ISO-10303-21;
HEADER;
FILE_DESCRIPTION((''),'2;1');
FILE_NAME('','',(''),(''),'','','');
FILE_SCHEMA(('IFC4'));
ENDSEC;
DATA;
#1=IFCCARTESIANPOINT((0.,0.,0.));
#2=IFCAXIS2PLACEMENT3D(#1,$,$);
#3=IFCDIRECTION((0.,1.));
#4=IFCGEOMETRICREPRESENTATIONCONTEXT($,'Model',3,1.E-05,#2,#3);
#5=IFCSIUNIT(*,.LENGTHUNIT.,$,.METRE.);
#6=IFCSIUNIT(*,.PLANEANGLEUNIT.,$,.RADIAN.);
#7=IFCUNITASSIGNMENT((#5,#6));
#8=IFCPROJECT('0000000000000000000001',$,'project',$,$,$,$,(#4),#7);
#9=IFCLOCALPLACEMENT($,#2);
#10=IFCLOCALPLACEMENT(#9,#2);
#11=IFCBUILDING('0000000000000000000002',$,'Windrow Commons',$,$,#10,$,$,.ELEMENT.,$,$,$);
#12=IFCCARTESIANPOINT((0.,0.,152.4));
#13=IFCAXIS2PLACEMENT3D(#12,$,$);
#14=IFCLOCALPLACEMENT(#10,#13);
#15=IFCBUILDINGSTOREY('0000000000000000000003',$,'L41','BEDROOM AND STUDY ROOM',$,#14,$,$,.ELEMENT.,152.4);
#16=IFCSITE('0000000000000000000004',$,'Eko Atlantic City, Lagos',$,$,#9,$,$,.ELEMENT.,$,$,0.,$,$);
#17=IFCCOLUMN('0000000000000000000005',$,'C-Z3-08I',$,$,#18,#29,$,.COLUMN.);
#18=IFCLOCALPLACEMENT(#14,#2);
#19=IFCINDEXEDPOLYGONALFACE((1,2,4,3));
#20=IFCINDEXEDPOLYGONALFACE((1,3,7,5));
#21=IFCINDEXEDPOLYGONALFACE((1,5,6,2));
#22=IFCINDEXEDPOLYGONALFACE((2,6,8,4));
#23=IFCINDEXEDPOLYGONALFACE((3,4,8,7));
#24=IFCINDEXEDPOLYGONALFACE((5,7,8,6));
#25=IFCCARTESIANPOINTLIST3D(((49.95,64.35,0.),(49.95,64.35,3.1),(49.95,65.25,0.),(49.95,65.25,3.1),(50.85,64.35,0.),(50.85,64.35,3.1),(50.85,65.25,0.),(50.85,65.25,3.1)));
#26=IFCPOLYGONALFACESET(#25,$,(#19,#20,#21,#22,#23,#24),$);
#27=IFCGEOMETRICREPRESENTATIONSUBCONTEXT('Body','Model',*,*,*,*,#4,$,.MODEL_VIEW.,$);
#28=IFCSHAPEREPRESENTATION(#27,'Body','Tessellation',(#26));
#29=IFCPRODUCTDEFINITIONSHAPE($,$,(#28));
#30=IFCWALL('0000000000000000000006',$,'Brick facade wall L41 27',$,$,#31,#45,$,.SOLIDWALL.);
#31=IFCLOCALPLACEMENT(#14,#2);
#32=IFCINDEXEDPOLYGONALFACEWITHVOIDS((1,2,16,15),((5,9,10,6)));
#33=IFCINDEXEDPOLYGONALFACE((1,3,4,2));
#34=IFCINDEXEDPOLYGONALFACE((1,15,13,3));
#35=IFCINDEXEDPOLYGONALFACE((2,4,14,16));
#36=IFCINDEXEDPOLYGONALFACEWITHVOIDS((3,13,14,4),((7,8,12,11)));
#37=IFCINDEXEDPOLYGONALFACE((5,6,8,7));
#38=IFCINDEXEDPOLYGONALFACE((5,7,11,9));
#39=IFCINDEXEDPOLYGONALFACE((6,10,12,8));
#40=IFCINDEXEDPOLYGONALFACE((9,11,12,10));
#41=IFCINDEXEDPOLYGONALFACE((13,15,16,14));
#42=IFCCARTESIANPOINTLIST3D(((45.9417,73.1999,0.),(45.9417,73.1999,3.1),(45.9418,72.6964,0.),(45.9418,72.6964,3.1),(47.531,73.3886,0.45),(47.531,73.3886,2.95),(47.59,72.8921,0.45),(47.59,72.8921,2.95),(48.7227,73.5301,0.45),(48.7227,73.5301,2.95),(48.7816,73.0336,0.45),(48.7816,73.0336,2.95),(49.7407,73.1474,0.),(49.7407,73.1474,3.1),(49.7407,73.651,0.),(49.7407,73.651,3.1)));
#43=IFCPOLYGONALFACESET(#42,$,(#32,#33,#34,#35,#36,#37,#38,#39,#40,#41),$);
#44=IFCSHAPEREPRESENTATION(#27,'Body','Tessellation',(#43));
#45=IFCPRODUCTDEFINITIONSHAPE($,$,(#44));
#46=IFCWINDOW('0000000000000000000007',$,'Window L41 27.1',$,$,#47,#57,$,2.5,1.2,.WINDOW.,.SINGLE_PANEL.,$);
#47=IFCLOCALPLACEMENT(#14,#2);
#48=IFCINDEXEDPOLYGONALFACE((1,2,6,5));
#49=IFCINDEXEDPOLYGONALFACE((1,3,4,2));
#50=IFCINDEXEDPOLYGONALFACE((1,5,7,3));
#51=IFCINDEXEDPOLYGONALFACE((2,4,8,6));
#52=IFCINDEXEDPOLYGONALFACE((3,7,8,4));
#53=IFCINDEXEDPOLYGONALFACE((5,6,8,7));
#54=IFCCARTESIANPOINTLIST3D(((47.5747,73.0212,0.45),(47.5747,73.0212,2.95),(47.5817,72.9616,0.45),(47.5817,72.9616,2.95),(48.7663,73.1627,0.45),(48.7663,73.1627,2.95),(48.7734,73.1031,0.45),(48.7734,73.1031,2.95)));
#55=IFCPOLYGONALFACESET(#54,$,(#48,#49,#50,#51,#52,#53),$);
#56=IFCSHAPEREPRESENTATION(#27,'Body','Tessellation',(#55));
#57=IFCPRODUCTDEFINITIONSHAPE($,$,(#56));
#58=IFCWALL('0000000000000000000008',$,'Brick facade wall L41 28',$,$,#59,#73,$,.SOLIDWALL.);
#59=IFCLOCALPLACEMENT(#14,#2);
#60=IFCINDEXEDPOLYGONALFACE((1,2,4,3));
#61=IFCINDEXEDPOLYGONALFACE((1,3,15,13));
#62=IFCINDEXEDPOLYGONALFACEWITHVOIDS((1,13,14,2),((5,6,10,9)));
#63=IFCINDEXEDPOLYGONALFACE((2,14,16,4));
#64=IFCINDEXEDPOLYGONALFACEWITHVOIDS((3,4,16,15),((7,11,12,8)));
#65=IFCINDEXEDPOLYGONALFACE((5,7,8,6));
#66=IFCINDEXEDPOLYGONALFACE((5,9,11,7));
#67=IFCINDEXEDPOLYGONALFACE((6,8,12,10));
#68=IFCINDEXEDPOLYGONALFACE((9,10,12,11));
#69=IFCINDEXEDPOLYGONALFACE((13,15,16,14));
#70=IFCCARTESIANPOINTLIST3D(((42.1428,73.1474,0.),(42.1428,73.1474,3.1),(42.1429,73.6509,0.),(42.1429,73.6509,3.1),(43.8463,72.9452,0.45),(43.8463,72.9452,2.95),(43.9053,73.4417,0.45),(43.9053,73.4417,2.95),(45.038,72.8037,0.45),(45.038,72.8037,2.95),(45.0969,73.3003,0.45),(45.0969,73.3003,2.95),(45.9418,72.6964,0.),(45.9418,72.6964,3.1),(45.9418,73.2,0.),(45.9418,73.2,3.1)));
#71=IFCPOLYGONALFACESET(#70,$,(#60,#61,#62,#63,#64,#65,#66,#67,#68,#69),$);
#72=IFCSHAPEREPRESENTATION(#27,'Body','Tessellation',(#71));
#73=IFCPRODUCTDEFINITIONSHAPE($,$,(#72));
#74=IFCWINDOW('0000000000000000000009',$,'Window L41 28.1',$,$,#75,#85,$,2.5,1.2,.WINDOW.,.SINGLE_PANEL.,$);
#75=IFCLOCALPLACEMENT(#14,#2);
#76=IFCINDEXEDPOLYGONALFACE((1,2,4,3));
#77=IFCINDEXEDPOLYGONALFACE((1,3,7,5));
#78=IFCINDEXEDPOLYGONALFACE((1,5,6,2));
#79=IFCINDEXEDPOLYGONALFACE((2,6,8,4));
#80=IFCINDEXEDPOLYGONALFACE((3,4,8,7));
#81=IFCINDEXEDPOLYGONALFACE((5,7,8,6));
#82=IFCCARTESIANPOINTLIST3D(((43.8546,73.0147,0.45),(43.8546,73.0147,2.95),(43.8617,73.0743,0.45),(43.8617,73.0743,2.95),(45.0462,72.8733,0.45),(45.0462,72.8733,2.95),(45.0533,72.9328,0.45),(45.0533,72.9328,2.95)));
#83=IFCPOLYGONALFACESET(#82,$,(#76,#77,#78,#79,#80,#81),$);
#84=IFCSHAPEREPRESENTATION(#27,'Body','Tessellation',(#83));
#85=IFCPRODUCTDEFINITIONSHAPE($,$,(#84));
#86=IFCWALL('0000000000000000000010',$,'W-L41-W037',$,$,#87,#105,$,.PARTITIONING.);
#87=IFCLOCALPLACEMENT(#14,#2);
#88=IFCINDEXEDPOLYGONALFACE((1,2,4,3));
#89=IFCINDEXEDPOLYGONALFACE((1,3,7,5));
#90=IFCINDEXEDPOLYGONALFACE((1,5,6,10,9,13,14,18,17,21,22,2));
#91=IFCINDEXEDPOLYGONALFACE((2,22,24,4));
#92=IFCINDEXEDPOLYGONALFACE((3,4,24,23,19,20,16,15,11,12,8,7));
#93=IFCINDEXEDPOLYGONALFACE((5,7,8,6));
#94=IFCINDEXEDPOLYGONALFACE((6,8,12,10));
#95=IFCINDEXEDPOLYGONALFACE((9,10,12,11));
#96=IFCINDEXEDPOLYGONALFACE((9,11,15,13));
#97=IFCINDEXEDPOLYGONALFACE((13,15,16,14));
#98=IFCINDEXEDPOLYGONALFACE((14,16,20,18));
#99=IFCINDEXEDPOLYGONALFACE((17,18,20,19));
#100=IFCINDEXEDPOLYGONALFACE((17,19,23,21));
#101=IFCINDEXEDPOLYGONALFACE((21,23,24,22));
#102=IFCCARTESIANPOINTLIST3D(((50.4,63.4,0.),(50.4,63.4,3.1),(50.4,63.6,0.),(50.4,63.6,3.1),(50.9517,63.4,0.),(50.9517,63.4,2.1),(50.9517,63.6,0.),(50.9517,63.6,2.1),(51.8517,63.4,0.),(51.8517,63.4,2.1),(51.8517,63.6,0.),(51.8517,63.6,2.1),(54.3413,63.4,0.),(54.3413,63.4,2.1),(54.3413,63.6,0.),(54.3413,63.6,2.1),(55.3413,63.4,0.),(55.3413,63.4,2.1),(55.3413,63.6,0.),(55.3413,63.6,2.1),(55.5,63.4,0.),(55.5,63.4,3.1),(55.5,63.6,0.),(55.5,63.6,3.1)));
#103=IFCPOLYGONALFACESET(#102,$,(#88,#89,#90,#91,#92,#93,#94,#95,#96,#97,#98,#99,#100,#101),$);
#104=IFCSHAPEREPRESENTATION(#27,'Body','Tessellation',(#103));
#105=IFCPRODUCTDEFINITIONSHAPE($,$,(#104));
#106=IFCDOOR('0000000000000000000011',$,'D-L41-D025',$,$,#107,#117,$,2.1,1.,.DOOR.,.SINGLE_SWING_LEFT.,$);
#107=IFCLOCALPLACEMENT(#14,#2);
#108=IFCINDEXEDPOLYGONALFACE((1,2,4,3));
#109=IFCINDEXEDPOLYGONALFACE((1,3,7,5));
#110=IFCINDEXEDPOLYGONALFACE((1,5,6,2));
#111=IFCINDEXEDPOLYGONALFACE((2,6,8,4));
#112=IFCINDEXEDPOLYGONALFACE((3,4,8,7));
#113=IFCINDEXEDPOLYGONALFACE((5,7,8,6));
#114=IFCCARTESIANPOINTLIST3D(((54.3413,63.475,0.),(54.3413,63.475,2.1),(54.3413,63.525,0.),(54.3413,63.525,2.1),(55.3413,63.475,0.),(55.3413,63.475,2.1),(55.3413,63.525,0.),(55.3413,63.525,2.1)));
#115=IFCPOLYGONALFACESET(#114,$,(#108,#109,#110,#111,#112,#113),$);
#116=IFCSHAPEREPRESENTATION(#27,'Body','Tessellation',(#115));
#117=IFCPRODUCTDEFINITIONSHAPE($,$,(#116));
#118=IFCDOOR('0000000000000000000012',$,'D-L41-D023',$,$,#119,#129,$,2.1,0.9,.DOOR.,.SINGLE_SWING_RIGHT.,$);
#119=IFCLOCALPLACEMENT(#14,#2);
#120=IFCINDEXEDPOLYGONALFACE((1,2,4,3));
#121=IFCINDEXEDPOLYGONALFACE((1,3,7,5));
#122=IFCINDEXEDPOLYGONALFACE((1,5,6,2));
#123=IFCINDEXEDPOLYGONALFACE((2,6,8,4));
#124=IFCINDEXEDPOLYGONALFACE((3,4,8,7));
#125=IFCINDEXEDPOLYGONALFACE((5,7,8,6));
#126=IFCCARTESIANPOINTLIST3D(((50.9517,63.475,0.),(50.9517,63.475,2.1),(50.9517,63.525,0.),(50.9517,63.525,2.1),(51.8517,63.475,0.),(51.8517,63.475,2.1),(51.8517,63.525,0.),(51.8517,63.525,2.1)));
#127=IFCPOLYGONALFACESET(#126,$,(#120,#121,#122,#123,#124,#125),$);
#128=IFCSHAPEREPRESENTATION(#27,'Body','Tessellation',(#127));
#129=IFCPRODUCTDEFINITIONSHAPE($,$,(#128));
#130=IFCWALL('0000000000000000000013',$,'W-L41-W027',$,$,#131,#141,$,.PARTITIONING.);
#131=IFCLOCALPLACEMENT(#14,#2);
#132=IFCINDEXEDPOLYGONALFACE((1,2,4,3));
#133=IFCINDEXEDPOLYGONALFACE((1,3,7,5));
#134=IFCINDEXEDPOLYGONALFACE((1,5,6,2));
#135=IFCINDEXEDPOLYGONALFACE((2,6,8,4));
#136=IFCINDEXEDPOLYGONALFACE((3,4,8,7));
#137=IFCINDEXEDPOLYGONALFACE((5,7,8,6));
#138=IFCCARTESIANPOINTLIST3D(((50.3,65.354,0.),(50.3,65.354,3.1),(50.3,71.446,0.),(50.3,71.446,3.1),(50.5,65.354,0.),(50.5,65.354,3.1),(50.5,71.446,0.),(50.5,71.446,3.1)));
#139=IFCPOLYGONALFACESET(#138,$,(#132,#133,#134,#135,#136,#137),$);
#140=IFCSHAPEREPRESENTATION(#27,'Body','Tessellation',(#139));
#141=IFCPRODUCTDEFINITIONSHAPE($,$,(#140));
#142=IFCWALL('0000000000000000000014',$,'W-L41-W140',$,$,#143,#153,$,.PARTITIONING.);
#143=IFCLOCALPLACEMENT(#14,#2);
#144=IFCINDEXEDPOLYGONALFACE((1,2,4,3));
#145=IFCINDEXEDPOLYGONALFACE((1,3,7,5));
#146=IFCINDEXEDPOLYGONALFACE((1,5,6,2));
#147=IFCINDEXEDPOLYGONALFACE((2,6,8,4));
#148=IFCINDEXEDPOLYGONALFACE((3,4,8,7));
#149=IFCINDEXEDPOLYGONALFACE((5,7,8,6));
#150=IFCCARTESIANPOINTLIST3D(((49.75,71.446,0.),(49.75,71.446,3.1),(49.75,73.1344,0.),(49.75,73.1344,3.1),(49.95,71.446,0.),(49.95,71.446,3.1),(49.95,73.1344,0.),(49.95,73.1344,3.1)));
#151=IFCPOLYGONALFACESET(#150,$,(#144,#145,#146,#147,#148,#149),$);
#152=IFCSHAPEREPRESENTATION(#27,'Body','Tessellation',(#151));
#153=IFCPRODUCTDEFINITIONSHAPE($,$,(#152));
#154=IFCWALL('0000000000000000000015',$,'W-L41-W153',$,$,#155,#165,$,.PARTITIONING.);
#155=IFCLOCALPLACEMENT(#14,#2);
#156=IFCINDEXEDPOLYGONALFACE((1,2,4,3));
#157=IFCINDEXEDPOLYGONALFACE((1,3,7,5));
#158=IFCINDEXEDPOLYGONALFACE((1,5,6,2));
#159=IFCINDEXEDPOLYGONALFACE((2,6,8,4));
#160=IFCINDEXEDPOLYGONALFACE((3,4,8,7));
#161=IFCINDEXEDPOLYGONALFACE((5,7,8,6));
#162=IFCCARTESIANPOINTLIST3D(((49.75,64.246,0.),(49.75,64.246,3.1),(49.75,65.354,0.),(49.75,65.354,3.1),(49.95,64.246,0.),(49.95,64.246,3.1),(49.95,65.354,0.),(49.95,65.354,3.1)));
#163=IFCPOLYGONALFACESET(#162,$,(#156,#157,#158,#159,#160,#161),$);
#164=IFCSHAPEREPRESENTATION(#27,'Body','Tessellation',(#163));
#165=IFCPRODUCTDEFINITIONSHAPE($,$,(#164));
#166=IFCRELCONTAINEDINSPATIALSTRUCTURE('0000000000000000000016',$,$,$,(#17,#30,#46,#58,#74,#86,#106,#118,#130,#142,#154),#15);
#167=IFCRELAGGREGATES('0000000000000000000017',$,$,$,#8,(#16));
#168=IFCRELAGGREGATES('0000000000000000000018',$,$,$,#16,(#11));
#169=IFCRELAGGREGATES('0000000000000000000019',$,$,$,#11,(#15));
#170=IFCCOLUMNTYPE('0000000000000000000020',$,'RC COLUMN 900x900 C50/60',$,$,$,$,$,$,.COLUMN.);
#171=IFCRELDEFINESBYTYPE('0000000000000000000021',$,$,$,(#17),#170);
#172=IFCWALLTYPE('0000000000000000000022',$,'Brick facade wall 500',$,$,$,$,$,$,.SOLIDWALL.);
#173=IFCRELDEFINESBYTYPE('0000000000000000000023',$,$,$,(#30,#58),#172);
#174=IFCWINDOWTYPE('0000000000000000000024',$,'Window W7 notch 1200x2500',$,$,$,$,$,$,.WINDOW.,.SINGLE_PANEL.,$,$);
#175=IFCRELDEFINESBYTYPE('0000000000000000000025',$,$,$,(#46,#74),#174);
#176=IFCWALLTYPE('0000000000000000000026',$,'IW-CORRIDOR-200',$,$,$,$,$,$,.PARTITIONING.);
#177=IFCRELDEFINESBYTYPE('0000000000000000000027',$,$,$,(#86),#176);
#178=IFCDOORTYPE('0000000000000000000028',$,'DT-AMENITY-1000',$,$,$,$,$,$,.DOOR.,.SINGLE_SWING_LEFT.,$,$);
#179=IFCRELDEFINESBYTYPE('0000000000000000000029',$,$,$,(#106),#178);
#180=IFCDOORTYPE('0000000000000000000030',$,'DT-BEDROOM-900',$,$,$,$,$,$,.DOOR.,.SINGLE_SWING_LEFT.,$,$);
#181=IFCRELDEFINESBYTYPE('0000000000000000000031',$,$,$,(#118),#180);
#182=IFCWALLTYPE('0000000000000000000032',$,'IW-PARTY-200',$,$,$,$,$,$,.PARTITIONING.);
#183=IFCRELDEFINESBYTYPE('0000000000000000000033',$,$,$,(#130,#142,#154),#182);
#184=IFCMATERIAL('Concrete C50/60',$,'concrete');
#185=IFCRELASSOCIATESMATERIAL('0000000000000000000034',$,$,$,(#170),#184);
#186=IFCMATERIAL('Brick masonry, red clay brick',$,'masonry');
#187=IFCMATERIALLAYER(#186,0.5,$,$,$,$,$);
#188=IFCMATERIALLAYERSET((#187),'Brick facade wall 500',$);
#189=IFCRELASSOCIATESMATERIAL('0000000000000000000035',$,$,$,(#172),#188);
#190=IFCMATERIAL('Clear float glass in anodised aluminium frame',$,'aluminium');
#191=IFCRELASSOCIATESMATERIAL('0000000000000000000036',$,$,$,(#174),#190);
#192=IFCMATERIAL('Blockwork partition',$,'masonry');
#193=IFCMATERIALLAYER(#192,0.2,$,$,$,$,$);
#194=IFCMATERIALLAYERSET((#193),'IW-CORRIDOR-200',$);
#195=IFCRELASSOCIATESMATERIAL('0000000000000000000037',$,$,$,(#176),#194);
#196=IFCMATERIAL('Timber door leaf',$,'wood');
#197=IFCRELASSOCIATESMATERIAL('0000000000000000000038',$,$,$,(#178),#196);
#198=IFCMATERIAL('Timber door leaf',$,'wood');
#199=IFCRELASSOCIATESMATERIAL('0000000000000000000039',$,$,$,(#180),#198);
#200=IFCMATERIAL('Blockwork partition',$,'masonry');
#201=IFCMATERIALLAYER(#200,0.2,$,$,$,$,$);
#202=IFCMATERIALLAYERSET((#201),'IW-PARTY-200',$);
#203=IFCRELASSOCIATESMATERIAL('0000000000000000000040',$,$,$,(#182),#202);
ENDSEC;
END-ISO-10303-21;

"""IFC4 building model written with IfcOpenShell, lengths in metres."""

from ifc_helpers import new_model, si_unit, direction, frame, frame_2d, origin, origin_2d, place, context, subcontext, project, spatial, polyline, rectangle, outline, extrude, material, layer, layer_set, material_profile, profile_set, type_object, element, fill, save


model = new_model("IFC4")

# Units and contexts
model_context = context("Model", 3, precision=1e-05, world=origin(), true_north=direction((0.0, 1.0)))
body_context = subcontext(model_context, "Body", "Model", "MODEL_VIEW")
ifc_project = project(units=[si_unit("LENGTHUNIT", "METRE"), si_unit("PLANEANGLEUNIT", "RADIAN")], contexts=[model_context])

# Site, building, storey
site_placement = place(None, origin())
site = spatial("IfcSite", under=ifc_project, at=site_placement, Name="Eko Atlantic City, Lagos", CompositionType="ELEMENT", RefElevation=0.0)
building_placement = place(site_placement, origin())
building = spatial("IfcBuilding", under=site, at=building_placement, Name="Windrow Commons", CompositionType="ELEMENT")
storey_placement = place(building_placement, frame((0.0, 0.0, 152.4)))
storey = spatial("IfcBuildingStorey", under=building, at=storey_placement, Name="L41", Description="BEDROOM AND STUDY ROOM", CompositionType="ELEMENT", Elevation=152.4)

# Column
ifc_material_1 = material(Name="Concrete C50/60", Category="concrete")
ifc_material_profile = material_profile(ifc_material_1, rectangle(XDim=0.9, YDim=0.9, at=origin_2d()))
ifc_profile_set = profile_set([ifc_material_profile], Name="Concrete C50/60")
column_type = type_object("IfcColumnType", Name="RC COLUMN 900x900 C50/60", PredefinedType="COLUMN", material=ifc_profile_set)
column_placement = place(storey_placement, frame((50.4, 64.8, 0.0), z_axis=(0.0, 0.0, 1.0), x_axis=(1.0, 0.0, 0.0)))
element("IfcColumn", 1, at=column_placement, inside=storey, type_object=column_type, Name="C-Z3-08I", PredefinedType="COLUMN", context=body_context, shape_type="SweptSolid", body=[
    extrude(rectangle(XDim=0.9, YDim=0.9, at=origin_2d()), origin(), (0.0, 0.0, 1.0), 3.1),
])

# Walls, openings, windows
ifc_material_2 = material(Name="Brick masonry, red clay brick", Category="masonry")
ifc_layer_1 = layer(ifc_material_2, 0.5)
ifc_layer_set_1 = layer_set([ifc_layer_1], Name="Brick facade wall 500")
wall_type_1 = type_object("IfcWallType", Name="Brick facade wall 500", PredefinedType="SOLIDWALL", material=ifc_layer_set_1)
wall_1_placement = place(storey_placement, frame((49.7407, 73.3992, 0.0), z_axis=(0.0, 0.0, 1.0), x_axis=(-0.993027, -0.117891, 0.0)))
wall_1 = element("IfcWall", 2, at=wall_1_placement, inside=storey, type_object=wall_type_1, Name="Brick facade wall L41 27", PredefinedType="SOLIDWALL", context=body_context, shape_type="SweptSolid", body=[
    extrude(outline(polyline([(-0.0297, -0.25), (3.796, -0.25), (3.8553, 0.25), (0.0297, 0.25), (-0.0297, -0.25)])), origin(), (0.0, 0.0, 1.0), 3.1),
])
opening_1_placement = place(wall_1_placement, frame((0.9955, 0.0, 0.45)))
opening_1 = element("IfcOpeningElement", 3, at=opening_1_placement, cuts=wall_1, PredefinedType="OPENING", context=body_context, shape_type="SweptSolid", body=[
    extrude(rectangle(XDim=1.2, YDim=2.5, at=frame_2d((0.6, 1.25))), frame((0.0, 0.26, 0.0), z_axis=(0.0, -1.0, 0.0), x_axis=(1.0, 0.0, 0.0)), (0.0, 0.0, 1.0), 0.52),
])
ifc_material_3 = material(Name="Clear float glass in anodised aluminium frame", Category="aluminium")
window_type = type_object("IfcWindowType", Name="Window W7 notch 1200x2500", PartitioningType="SINGLE_PANEL", PredefinedType="WINDOW", material=ifc_material_3)
window_1_placement = place(opening_1_placement, origin())
window_1 = element("IfcWindow", 4, at=window_1_placement, inside=storey, type_object=window_type, Name="Window L41 27.1", OverallHeight=2.5, OverallWidth=1.2, PartitioningType="SINGLE_PANEL", PredefinedType="WINDOW", context=body_context, shape_type="SweptSolid", body=[
    extrude(rectangle(XDim=1.2, YDim=2.5, at=frame_2d((0.6, 1.25))), frame((0.0, 0.18, 0.0), z_axis=(0.0, -1.0, 0.0), x_axis=(1.0, 0.0, 0.0)), (0.0, 0.0, 1.0), 0.06),
])
fill(opening_1, window_1)
wall_2_placement = place(storey_placement, frame((45.9418, 72.9482, 0.0), z_axis=(0.0, 0.0, 1.0), x_axis=(-0.993027, 0.117888, 0.0)))
wall_2 = element("IfcWall", 5, at=wall_2_placement, inside=storey, type_object=wall_type_1, Name="Brick facade wall L41 28", PredefinedType="SOLIDWALL", context=body_context, shape_type="SweptSolid", body=[
    extrude(outline(polyline([(0.0297, -0.25), (3.8553, -0.25), (3.796, 0.25), (-0.0297, 0.25), (0.0297, -0.25)])), origin(), (0.0, 0.0, 1.0), 3.1),
])
opening_2_placement = place(wall_2_placement, frame((0.8805, 0.0, 0.45)))
opening_2 = element("IfcOpeningElement", 6, at=opening_2_placement, cuts=wall_2, PredefinedType="OPENING", context=body_context, shape_type="SweptSolid", body=[
    extrude(rectangle(XDim=1.2, YDim=2.5, at=frame_2d((0.6, 1.25))), frame((0.0, 0.26, 0.0), z_axis=(0.0, -1.0, 0.0), x_axis=(1.0, 0.0, 0.0)), (0.0, 0.0, 1.0), 0.52),
])
window_2_placement = place(opening_2_placement, origin())
window_2 = element("IfcWindow", 7, at=window_2_placement, inside=storey, type_object=window_type, Name="Window L41 28.1", OverallHeight=2.5, OverallWidth=1.2, PartitioningType="SINGLE_PANEL", PredefinedType="WINDOW", context=body_context, shape_type="SweptSolid", body=[
    extrude(rectangle(XDim=1.2, YDim=2.5, at=frame_2d((0.6, 1.25))), frame((0.0, 0.18, 0.0), z_axis=(0.0, -1.0, 0.0), x_axis=(1.0, 0.0, 0.0)), (0.0, 0.0, 1.0), 0.06),
])
fill(opening_2, window_2)

# Wall, openings, doors
ifc_material_4 = material(Name="Blockwork partition", Category="masonry")
ifc_layer_2 = layer(ifc_material_4, 0.2)
ifc_layer_set_2 = layer_set([ifc_layer_2], Name="IW-CORRIDOR-200")
wall_type_2 = type_object("IfcWallType", Name="IW-CORRIDOR-200", PredefinedType="PARTITIONING", material=ifc_layer_set_2)
wall_3_placement = place(storey_placement, frame((50.4, 63.5, 0.0), z_axis=(0.0, 0.0, 1.0), x_axis=(1.0, 0.0, 0.0)))
wall_3 = element("IfcWall", 8, at=wall_3_placement, inside=storey, type_object=wall_type_2, Name="W-L41-W037", PredefinedType="PARTITIONING", context=body_context, shape_type="SweptSolid", body=[
    extrude(rectangle(XDim=5.1, YDim=0.2, at=frame_2d((2.55, 0.0))), origin(), (0.0, 0.0, 1.0), 3.1),
])
opening_3_placement = place(wall_3_placement, frame((0.5517, 0.0, 0.0)))
opening_3 = element("IfcOpeningElement", 9, at=opening_3_placement, cuts=wall_3, PredefinedType="OPENING", context=body_context, shape_type="SweptSolid", body=[
    extrude(rectangle(XDim=0.9, YDim=2.1, at=frame_2d((0.45, 1.05))), frame((0.0, 0.11, 0.0), z_axis=(0.0, -1.0, 0.0), x_axis=(1.0, 0.0, 0.0)), (0.0, 0.0, 1.0), 0.22),
])
opening_4_placement = place(wall_3_placement, frame((3.9413, 0.0, 0.0)))
opening_4 = element("IfcOpeningElement", 10, at=opening_4_placement, cuts=wall_3, PredefinedType="OPENING", context=body_context, shape_type="SweptSolid", body=[
    extrude(rectangle(XDim=1.0, YDim=2.1, at=frame_2d((0.5, 1.05))), frame((0.0, 0.11, 0.0), z_axis=(0.0, -1.0, 0.0), x_axis=(1.0, 0.0, 0.0)), (0.0, 0.0, 1.0), 0.22),
])
ifc_material_5 = material(Name="Timber door leaf", Category="wood")
door_type_1 = type_object("IfcDoorType", Name="DT-AMENITY-1000", OperationType="SINGLE_SWING_LEFT", PredefinedType="DOOR", material=ifc_material_5)
door_1_placement = place(opening_4_placement, origin())
door_1 = element("IfcDoor", 11, at=door_1_placement, inside=storey, type_object=door_type_1, Name="D-L41-D025", OperationType="SINGLE_SWING_LEFT", OverallHeight=2.1, OverallWidth=1.0, PredefinedType="DOOR", context=body_context, shape_type="SweptSolid", body=[
    extrude(rectangle(XDim=1.0, YDim=2.1, at=frame_2d((0.5, 1.05))), frame((0.0, 0.025, 0.0), z_axis=(0.0, -1.0, 0.0), x_axis=(1.0, 0.0, 0.0)), (0.0, 0.0, 1.0), 0.05),
])
fill(opening_4, door_1)
ifc_material_6 = material(Name="Timber door leaf", Category="wood")
door_type_2 = type_object("IfcDoorType", Name="DT-BEDROOM-900", OperationType="SINGLE_SWING_LEFT", PredefinedType="DOOR", material=ifc_material_6)
door_2_placement = place(opening_3_placement, origin())
door_2 = element("IfcDoor", 12, at=door_2_placement, inside=storey, type_object=door_type_2, Name="D-L41-D023", OperationType="SINGLE_SWING_RIGHT", OverallHeight=2.1, OverallWidth=0.9, PredefinedType="DOOR", context=body_context, shape_type="SweptSolid", body=[
    extrude(rectangle(XDim=0.9, YDim=2.1, at=frame_2d((0.45, 1.05))), frame((0.0, 0.025, 0.0), z_axis=(0.0, -1.0, 0.0), x_axis=(1.0, 0.0, 0.0)), (0.0, 0.0, 1.0), 0.05),
])
fill(opening_3, door_2)

# Walls
ifc_material_7 = material(Name="Blockwork partition", Category="masonry")
ifc_layer_3 = layer(ifc_material_7, 0.2)
ifc_layer_set_3 = layer_set([ifc_layer_3], Name="IW-PARTY-200")
wall_type_3 = type_object("IfcWallType", Name="IW-PARTY-200", PredefinedType="PARTITIONING", material=ifc_layer_set_3)
wall_4_placement = place(storey_placement, frame((50.4, 65.354, 0.0), z_axis=(0.0, 0.0, 1.0), x_axis=(0.0, 1.0, 0.0)))
element("IfcWall", 13, at=wall_4_placement, inside=storey, type_object=wall_type_3, Name="W-L41-W027", PredefinedType="PARTITIONING", context=body_context, shape_type="SweptSolid", body=[
    extrude(rectangle(XDim=6.092, YDim=0.2, at=frame_2d((3.046, 0.0))), origin(), (0.0, 0.0, 1.0), 3.1),
])
wall_5_placement = place(storey_placement, frame((49.85, 71.446, 0.0), z_axis=(0.0, 0.0, 1.0), x_axis=(0.0, 1.0, 0.0)))
element("IfcWall", 14, at=wall_5_placement, inside=storey, type_object=wall_type_3, Name="W-L41-W140", PredefinedType="PARTITIONING", context=body_context, shape_type="SweptSolid", body=[
    extrude(rectangle(XDim=1.6885, YDim=0.2, at=frame_2d((0.8442, 0.0))), origin(), (0.0, 0.0, 1.0), 3.1),
])
wall_6_placement = place(storey_placement, frame((49.85, 64.246, 0.0), z_axis=(0.0, 0.0, 1.0), x_axis=(0.0, 1.0, 0.0)))
element("IfcWall", 15, at=wall_6_placement, inside=storey, type_object=wall_type_3, Name="W-L41-W153", PredefinedType="PARTITIONING", context=body_context, shape_type="SweptSolid", body=[
    extrude(rectangle(XDim=1.108, YDim=0.2, at=frame_2d((0.554, 0.0))), origin(), (0.0, 0.0, 1.0), 3.1),
])

save(model, "model.ifc")
